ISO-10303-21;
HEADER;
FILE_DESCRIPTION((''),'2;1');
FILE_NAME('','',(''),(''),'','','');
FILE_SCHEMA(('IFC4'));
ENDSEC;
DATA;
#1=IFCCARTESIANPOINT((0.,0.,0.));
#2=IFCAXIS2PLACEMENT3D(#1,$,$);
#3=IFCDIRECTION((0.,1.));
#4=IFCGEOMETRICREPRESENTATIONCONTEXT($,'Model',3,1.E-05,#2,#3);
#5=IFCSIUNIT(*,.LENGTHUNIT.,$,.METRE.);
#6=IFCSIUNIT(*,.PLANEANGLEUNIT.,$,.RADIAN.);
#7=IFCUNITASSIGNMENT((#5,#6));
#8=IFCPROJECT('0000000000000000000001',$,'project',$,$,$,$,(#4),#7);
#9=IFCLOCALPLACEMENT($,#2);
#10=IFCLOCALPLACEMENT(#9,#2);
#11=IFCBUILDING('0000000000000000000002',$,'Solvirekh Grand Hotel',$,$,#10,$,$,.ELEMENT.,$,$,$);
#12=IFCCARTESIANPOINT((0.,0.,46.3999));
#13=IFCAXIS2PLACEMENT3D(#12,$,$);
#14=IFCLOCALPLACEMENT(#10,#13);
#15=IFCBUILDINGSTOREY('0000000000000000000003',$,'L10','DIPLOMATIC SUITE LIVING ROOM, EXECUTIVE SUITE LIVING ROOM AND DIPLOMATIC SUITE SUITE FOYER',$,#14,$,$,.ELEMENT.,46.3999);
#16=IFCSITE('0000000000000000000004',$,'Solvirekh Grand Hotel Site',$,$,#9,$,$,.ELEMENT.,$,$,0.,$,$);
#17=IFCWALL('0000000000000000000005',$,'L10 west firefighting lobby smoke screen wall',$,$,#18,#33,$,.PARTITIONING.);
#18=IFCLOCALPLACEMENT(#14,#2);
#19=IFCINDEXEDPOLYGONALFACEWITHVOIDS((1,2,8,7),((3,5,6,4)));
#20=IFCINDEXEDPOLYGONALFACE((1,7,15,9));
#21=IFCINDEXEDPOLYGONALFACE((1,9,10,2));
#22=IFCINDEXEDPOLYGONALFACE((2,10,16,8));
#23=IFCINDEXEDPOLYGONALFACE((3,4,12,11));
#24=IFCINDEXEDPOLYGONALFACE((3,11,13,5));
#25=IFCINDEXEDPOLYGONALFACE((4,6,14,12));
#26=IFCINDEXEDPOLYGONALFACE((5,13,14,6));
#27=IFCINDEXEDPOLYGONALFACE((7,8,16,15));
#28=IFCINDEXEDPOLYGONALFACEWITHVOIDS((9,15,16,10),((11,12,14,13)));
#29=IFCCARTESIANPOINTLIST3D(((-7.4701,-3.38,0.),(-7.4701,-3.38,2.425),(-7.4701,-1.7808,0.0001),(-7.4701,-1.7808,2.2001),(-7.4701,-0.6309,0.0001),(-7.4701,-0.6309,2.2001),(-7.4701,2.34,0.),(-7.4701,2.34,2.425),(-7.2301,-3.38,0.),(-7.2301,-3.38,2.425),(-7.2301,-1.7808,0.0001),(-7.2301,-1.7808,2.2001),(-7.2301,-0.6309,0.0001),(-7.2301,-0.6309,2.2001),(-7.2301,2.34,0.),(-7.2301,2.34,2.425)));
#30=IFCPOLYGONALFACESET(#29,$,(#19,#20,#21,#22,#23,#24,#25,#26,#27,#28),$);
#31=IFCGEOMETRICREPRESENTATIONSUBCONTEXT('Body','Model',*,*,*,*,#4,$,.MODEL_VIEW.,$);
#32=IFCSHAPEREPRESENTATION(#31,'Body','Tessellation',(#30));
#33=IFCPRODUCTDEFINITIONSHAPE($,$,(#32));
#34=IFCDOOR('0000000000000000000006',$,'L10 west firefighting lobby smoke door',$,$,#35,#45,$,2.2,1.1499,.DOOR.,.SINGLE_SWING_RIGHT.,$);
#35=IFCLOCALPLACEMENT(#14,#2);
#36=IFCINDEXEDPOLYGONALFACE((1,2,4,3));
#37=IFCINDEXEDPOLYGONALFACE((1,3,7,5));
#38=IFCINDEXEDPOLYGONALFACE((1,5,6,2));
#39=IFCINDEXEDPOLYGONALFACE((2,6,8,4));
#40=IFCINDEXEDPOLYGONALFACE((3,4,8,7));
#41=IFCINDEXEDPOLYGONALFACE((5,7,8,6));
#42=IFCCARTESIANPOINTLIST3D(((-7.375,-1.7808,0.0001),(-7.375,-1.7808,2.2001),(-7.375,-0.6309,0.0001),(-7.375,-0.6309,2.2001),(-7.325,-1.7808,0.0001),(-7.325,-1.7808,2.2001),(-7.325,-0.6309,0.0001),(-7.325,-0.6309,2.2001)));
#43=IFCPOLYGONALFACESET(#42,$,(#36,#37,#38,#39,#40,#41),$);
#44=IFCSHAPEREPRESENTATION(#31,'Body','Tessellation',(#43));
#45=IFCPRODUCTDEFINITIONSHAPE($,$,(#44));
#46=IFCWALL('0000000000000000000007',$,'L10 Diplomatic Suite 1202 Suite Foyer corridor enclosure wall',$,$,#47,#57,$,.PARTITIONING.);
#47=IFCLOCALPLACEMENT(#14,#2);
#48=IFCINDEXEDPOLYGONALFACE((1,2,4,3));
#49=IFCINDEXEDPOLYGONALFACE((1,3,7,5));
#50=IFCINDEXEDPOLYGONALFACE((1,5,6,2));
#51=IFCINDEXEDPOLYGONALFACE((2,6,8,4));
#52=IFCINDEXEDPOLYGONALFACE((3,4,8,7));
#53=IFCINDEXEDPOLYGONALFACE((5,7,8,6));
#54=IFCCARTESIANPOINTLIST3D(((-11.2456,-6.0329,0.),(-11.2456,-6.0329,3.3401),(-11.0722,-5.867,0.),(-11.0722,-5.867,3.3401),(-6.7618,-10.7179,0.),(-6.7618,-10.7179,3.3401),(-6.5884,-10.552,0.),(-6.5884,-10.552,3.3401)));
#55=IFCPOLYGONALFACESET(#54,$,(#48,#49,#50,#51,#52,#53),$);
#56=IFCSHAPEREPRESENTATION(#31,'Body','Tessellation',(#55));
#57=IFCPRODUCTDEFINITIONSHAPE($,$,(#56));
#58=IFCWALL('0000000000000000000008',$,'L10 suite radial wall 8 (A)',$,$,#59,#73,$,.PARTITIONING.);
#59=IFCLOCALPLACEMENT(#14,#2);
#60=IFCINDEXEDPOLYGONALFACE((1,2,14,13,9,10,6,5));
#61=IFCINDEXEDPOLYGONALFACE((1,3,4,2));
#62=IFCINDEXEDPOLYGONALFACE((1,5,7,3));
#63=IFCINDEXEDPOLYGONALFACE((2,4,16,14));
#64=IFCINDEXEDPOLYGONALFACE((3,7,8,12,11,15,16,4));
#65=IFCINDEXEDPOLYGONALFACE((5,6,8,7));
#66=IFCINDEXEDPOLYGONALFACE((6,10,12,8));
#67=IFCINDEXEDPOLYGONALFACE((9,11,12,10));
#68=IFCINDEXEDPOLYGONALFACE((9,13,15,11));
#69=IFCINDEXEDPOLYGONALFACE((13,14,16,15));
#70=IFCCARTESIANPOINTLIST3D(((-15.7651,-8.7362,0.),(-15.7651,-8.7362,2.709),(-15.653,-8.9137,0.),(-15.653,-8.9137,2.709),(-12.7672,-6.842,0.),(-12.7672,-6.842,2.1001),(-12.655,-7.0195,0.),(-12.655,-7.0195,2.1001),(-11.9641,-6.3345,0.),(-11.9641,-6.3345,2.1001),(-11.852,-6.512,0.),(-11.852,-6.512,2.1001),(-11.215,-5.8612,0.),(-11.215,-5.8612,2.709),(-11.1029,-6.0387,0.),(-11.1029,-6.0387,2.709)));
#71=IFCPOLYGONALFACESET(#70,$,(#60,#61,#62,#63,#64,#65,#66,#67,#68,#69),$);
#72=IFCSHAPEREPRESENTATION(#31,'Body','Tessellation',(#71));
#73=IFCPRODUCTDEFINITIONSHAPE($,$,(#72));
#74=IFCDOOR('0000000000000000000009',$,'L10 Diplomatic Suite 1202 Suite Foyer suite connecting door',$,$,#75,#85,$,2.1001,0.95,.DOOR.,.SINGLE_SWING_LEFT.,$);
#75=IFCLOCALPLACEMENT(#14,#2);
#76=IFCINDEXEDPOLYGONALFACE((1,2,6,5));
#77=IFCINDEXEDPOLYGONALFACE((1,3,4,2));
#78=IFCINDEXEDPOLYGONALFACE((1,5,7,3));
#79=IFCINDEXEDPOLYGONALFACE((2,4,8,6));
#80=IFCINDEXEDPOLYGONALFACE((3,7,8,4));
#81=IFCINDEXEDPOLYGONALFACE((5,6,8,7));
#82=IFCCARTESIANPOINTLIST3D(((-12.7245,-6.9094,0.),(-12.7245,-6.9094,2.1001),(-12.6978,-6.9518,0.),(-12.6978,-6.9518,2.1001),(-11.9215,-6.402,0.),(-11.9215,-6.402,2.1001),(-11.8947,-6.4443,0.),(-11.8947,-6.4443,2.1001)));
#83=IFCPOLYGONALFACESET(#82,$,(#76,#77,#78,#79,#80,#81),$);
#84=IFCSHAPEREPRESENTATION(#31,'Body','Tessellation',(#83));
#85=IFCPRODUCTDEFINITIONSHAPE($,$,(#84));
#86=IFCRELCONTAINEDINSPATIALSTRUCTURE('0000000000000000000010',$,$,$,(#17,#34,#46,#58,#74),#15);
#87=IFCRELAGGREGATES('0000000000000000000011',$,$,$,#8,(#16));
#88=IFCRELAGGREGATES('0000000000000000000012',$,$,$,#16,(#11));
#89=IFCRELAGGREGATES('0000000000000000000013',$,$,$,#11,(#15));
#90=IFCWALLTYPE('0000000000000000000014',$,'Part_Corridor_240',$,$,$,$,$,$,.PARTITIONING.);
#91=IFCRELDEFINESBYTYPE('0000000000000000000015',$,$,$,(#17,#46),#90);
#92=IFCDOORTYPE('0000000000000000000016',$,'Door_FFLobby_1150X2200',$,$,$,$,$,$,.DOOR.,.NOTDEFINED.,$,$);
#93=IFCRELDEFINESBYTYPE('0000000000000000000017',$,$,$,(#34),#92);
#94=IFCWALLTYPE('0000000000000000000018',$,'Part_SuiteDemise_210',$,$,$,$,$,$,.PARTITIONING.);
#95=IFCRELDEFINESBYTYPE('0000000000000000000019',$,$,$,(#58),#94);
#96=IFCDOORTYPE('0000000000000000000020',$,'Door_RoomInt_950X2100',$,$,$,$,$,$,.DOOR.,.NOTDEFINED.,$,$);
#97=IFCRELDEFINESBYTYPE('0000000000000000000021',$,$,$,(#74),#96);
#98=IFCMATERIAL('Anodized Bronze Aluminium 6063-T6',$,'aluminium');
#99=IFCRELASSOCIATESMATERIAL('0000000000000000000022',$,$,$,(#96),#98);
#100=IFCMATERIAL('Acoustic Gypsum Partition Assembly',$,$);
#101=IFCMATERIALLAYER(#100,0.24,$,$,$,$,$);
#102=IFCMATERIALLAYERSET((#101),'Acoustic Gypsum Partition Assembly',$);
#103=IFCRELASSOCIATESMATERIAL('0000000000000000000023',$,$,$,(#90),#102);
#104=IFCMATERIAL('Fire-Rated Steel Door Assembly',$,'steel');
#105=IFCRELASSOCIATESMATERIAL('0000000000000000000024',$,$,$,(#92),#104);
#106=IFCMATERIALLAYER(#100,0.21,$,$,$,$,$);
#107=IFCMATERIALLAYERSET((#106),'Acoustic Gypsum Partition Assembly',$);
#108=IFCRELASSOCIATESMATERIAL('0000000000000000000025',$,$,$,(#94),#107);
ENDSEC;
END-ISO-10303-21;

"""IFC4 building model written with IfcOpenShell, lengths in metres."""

from ifc_helpers import new_model, si_unit, direction, frame, frame_2d, origin, place, context, subcontext, project, spatial, rectangle, extrude, material, layer, layer_set, type_object, element, fill, save


model = new_model("IFC4")

# Units and contexts
model_context = context("Model", 3, precision=1e-05, world=origin(), true_north=direction((0.0, 1.0)))
body_context = subcontext(model_context, "Body", "Model", "MODEL_VIEW")
ifc_project = project(units=[si_unit("LENGTHUNIT", "METRE"), si_unit("PLANEANGLEUNIT", "RADIAN")], contexts=[model_context])

# Site, building, storey
site_placement = place(None, origin())
site = spatial("IfcSite", under=ifc_project, at=site_placement, Name="Solvirekh Grand Hotel Site", CompositionType="ELEMENT", RefElevation=0.0)
building_placement = place(site_placement, origin())
building = spatial("IfcBuilding", under=site, at=building_placement, Name="Solvirekh Grand Hotel", CompositionType="ELEMENT")
storey_placement = place(building_placement, frame((0.0, 0.0, 46.3999)))
storey = spatial("IfcBuildingStorey", under=building, at=storey_placement, Name="L10", Description="DIPLOMATIC SUITE LIVING ROOM, EXECUTIVE SUITE LIVING ROOM AND DIPLOMATIC SUITE SUITE FOYER", CompositionType="ELEMENT", Elevation=46.3999)

# Shared definitions
ifc_material_1 = material(Name="Anodized Bronze Aluminium 6063-T6", Category="aluminium")

# Shared definitions
ifc_material_2 = material(Name="Acoustic Gypsum Partition Assembly")

# Wall, opening, door
door_type_1 = type_object("IfcDoorType", Name="Door_RoomInt_950X2100", OperationType="NOTDEFINED", PredefinedType="DOOR", material=ifc_material_1)
ifc_layer_1 = layer(ifc_material_2, 0.24)
ifc_layer_set_1 = layer_set([ifc_layer_1], Name="Acoustic Gypsum Partition Assembly")
wall_type_1 = type_object("IfcWallType", Name="Part_Corridor_240", PredefinedType="PARTITIONING", material=ifc_layer_set_1)
wall_1_placement = place(storey_placement, frame((-7.3501, -3.3799, 0.0), z_axis=(0.0, 0.0, 1.0), x_axis=(0.0, 1.0, 0.0)))
wall_1 = element("IfcWall", 1, at=wall_1_placement, inside=storey, type_object=wall_type_1, Name="L10 west firefighting lobby smoke screen wall", PredefinedType="PARTITIONING", context=body_context, shape_type="SweptSolid", body=[
    extrude(rectangle(XDim=5.72, YDim=0.24, at=frame_2d((2.8599, 0.0))), origin(), (0.0, 0.0, 1.0), 2.425),
])
opening_1_placement = place(wall_1_placement, frame((1.5991, 0.0, 0.0)))
opening_1 = element("IfcOpeningElement", 2, at=opening_1_placement, cuts=wall_1, PredefinedType="OPENING", context=body_context, shape_type="SweptSolid", body=[
    extrude(rectangle(XDim=1.1499, YDim=2.2, at=frame_2d((0.575, 1.1001))), frame((0.0, 0.1299, 0.0), z_axis=(0.0, -1.0, 0.0), x_axis=(1.0, 0.0, 0.0)), (0.0, 0.0, 1.0), 0.26),
])
ifc_material_3 = material(Name="Fire-Rated Steel Door Assembly", Category="steel")
door_type_2 = type_object("IfcDoorType", Name="Door_FFLobby_1150X2200", OperationType="NOTDEFINED", PredefinedType="DOOR", material=ifc_material_3)
door_1_placement = place(opening_1_placement, origin())
door_1 = element("IfcDoor", 3, at=door_1_placement, inside=storey, type_object=door_type_2, Name="L10 west firefighting lobby smoke door", OperationType="SINGLE_SWING_RIGHT", OverallHeight=2.2, OverallWidth=1.1499, PredefinedType="DOOR", context=body_context, shape_type="SweptSolid", body=[
    extrude(rectangle(XDim=1.1499, YDim=2.2, at=frame_2d((0.575, 1.1001))), frame((0.0, 0.0249, 0.0), z_axis=(0.0, -1.0, 0.0), x_axis=(1.0, 0.0, 0.0)), (0.0, 0.0, 1.0), 0.05),
])
fill(opening_1, door_1)

# Wall
wall_2_placement = place(storey_placement, frame((-11.1589, -5.95, 0.0), z_axis=(0.0, 0.0, 1.0), x_axis=(0.691426, -0.722447, 0.0)))
element("IfcWall", 4, at=wall_2_placement, inside=storey, type_object=wall_type_1, Name="L10 Diplomatic Suite 1202 Suite Foyer corridor enclosure wall", PredefinedType="PARTITIONING", context=body_context, shape_type="SweptSolid", body=[
    extrude(rectangle(XDim=6.4849, YDim=0.24, at=frame_2d((3.2424, 0.0))), origin(), (0.0, 0.0, 1.0), 3.3401),
])

# Wall, opening, door
ifc_layer_2 = layer(ifc_material_2, 0.21)
ifc_layer_set_2 = layer_set([ifc_layer_2], Name="Acoustic Gypsum Partition Assembly")
wall_type_2 = type_object("IfcWallType", Name="Part_SuiteDemise_210", PredefinedType="PARTITIONING", material=ifc_layer_set_2)
wall_3_placement = place(storey_placement, frame((-11.1589, -5.95, 0.0), z_axis=(0.0, 0.0, 1.0), x_axis=(-0.845381, -0.534164, 0.0)))
wall_3 = element("IfcWall", 5, at=wall_3_placement, inside=storey, type_object=wall_type_2, Name="L10 suite radial wall 8 (A)", PredefinedType="PARTITIONING", context=body_context, shape_type="SweptSolid", body=[
    extrude(rectangle(XDim=5.3823, YDim=0.21, at=frame_2d((2.6912, 0.0))), origin(), (0.0, 0.0, 1.0), 2.709),
])
opening_2_placement = place(wall_3_placement, frame((0.886, 0.0, 0.0)))
opening_2 = element("IfcOpeningElement", 6, at=opening_2_placement, cuts=wall_3, PredefinedType="OPENING", context=body_context, shape_type="SweptSolid", body=[
    extrude(rectangle(XDim=0.95, YDim=2.1001, at=frame_2d((0.4751, 1.05))), frame((0.0, 0.115, 0.0), z_axis=(0.0, -1.0, 0.0), x_axis=(1.0, 0.0, 0.0)), (0.0, 0.0, 1.0), 0.23),
])
door_2_placement = place(opening_2_placement, origin())
door_2 = element("IfcDoor", 7, at=door_2_placement, inside=storey, type_object=door_type_1, Name="L10 Diplomatic Suite 1202 Suite Foyer suite connecting door", OperationType="SINGLE_SWING_LEFT", OverallHeight=2.1001, OverallWidth=0.95, PredefinedType="DOOR", context=body_context, shape_type="SweptSolid", body=[
    extrude(rectangle(XDim=0.95, YDim=2.1001, at=frame_2d((0.4751, 1.05))), frame((0.0, 0.0249, 0.0), z_axis=(0.0, -1.0, 0.0), x_axis=(1.0, 0.0, 0.0)), (0.0, 0.0, 1.0), 0.05),
])
fill(opening_2, door_2)

save(model, "model.ifc")
